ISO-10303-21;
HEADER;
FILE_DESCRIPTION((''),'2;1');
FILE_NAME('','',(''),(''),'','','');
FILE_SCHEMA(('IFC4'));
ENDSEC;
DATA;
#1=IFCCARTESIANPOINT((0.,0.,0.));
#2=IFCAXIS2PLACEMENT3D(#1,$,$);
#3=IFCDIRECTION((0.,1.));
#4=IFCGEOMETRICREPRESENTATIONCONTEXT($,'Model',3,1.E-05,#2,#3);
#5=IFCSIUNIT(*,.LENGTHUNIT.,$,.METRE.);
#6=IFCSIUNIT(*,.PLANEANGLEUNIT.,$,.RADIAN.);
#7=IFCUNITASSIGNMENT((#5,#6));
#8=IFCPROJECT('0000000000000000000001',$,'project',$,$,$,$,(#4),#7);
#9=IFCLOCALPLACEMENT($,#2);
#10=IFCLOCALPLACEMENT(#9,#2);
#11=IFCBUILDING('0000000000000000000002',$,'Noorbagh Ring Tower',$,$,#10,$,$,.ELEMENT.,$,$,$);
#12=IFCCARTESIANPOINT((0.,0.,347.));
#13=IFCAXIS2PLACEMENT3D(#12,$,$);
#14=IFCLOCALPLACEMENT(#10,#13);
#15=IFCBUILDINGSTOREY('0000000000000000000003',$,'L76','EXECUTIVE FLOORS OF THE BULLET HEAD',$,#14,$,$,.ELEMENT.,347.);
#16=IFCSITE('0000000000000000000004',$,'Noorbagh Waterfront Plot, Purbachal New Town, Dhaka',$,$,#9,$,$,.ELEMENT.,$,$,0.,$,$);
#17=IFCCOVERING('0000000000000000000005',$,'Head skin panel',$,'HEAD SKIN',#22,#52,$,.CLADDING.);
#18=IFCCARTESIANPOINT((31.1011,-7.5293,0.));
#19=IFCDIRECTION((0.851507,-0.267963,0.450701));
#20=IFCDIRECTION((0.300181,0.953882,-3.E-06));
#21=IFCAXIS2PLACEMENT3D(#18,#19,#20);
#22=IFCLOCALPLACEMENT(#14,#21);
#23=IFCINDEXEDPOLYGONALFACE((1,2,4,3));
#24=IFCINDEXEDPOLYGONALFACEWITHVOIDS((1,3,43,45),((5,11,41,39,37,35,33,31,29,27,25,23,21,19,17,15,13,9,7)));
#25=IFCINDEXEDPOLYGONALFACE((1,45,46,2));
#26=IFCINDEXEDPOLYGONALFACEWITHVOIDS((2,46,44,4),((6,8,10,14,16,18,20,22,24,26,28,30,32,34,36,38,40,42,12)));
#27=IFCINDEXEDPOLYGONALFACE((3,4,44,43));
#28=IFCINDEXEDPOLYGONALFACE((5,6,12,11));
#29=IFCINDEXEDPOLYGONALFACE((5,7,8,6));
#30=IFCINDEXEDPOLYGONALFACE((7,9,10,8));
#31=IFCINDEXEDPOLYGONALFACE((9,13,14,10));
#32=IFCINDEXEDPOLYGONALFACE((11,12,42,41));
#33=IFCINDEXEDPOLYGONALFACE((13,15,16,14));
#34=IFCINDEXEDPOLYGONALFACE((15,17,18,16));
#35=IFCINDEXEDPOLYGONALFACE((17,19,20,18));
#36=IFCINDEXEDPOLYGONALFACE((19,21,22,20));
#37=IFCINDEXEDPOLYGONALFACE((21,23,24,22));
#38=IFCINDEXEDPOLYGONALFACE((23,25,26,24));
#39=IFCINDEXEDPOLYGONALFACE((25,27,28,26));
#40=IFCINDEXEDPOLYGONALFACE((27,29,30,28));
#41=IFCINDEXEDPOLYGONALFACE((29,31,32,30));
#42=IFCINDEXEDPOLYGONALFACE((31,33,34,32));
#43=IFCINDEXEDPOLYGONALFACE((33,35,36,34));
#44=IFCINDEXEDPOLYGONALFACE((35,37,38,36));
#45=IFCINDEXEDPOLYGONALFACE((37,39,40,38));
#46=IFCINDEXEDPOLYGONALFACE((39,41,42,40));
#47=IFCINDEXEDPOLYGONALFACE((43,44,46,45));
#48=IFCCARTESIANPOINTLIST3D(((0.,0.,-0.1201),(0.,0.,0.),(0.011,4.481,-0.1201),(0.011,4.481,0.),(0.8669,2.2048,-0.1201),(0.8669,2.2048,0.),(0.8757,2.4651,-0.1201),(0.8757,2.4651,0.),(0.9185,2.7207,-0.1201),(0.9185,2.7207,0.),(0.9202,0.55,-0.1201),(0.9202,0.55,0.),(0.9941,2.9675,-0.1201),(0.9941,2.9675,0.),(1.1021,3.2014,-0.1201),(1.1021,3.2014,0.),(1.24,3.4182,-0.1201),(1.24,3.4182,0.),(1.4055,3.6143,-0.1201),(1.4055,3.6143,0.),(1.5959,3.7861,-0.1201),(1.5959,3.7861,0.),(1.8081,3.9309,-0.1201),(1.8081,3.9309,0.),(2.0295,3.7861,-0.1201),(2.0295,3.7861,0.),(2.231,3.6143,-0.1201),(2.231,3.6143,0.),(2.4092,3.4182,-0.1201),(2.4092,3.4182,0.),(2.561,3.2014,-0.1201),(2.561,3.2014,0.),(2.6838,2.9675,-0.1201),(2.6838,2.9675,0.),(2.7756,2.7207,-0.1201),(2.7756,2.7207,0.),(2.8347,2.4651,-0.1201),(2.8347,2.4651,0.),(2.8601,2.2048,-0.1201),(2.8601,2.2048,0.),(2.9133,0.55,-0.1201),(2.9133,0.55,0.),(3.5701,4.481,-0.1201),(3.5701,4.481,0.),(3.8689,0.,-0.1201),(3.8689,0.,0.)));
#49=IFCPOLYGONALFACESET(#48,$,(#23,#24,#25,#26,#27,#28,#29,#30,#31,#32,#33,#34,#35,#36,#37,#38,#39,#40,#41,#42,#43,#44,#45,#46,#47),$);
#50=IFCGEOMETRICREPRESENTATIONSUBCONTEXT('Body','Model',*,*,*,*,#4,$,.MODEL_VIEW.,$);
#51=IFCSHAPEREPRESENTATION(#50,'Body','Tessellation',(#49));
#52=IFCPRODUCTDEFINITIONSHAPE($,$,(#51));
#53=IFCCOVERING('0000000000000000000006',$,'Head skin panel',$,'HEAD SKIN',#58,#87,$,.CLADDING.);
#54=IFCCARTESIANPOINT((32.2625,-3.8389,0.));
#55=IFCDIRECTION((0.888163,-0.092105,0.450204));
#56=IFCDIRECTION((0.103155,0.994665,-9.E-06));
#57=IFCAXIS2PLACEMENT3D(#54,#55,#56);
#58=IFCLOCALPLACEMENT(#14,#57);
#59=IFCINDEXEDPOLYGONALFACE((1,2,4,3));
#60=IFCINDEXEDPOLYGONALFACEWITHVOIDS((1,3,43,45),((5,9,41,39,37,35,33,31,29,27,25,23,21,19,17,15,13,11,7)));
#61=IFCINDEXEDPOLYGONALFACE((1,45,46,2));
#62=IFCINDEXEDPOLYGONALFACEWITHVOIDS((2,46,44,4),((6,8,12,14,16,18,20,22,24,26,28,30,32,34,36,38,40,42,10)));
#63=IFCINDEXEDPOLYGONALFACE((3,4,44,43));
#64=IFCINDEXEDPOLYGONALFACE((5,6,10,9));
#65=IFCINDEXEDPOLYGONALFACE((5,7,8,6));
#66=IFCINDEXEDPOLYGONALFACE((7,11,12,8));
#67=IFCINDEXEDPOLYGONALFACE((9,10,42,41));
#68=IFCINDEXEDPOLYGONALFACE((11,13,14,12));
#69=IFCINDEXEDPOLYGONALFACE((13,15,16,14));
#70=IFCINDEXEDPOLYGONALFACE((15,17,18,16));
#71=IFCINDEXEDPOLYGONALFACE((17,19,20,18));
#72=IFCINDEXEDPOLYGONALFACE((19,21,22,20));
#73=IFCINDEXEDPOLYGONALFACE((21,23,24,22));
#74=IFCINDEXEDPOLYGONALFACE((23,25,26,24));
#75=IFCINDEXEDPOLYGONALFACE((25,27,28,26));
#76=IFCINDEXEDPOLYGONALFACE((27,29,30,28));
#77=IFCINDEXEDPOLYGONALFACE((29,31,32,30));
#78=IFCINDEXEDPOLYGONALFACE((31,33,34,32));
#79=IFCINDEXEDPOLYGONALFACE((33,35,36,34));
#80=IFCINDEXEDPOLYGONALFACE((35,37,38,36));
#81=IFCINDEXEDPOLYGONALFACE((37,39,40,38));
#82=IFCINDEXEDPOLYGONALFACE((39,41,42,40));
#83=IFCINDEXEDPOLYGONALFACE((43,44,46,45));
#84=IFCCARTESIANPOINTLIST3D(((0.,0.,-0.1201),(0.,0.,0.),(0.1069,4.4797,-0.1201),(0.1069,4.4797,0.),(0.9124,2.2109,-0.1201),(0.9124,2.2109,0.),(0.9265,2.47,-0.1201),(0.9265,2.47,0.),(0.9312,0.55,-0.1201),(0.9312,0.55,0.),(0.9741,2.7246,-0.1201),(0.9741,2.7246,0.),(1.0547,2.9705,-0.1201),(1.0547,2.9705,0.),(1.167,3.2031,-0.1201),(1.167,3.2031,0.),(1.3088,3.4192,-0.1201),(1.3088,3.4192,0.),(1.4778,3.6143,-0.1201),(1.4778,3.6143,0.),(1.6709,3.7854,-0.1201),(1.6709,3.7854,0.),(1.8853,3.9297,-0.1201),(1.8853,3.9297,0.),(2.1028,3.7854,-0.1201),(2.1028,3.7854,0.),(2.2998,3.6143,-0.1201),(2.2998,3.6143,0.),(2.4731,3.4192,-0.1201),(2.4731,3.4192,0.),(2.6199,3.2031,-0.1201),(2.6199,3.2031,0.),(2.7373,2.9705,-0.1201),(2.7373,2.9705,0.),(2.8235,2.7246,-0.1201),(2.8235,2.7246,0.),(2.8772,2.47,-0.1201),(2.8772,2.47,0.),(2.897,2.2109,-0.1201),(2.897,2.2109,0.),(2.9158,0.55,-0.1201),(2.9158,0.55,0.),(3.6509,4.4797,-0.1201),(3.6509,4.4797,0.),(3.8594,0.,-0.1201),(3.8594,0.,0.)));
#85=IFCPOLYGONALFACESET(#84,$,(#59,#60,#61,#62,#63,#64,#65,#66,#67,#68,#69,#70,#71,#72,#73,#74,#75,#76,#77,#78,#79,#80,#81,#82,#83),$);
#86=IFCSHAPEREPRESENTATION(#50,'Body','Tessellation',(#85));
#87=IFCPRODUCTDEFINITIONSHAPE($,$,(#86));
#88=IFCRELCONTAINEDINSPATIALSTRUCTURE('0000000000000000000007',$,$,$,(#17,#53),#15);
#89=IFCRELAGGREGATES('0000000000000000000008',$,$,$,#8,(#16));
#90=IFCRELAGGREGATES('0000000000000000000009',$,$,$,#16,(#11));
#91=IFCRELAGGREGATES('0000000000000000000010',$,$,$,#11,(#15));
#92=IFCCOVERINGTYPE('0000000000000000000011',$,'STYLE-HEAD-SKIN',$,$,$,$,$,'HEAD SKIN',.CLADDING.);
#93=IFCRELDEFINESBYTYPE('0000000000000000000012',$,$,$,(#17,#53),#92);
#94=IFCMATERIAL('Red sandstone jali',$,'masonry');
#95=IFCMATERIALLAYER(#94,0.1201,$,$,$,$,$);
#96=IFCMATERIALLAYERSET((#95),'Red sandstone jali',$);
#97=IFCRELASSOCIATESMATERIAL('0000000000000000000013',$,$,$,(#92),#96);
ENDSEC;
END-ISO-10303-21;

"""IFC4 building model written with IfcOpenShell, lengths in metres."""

from ifc_helpers import new_model, si_unit, direction, frame, origin, place, context, subcontext, project, spatial, polyline, outline, extrude, material, layer, layer_set, type_object, element, save


model = new_model("IFC4")

# Units and contexts
model_context = context("Model", 3, precision=1e-05, world=origin(), true_north=direction((0.0, 1.0)))
body_context = subcontext(model_context, "Body", "Model", "MODEL_VIEW")
ifc_project = project(units=[si_unit("LENGTHUNIT", "METRE"), si_unit("PLANEANGLEUNIT", "RADIAN")], contexts=[model_context])

# Site, building, storey
site_placement = place(None, origin())
site = spatial("IfcSite", under=ifc_project, at=site_placement, Name="Noorbagh Waterfront Plot, Purbachal New Town, Dhaka", CompositionType="ELEMENT", RefElevation=0.0)
building_placement = place(site_placement, origin())
building = spatial("IfcBuilding", under=site, at=building_placement, Name="Noorbagh Ring Tower", CompositionType="ELEMENT")
storey_placement = place(building_placement, frame((0.0, 0.0, 347.0)))
storey = spatial("IfcBuildingStorey", under=building, at=storey_placement, Name="L76", Description="EXECUTIVE FLOORS OF THE BULLET HEAD", CompositionType="ELEMENT", Elevation=347.0)

# Coverings
ifc_material_1 = material(Name="Red sandstone jali", Category="masonry")
ifc_layer_1 = layer(ifc_material_1, 0.1201)
ifc_layer_set_1 = layer_set([ifc_layer_1], Name="Red sandstone jali")
covering_type_1 = type_object("IfcCoveringType", Name="STYLE-HEAD-SKIN", ElementType="HEAD SKIN", PredefinedType="CLADDING", material=ifc_layer_set_1)
covering_1_placement = place(storey_placement, frame((31.1011, -7.5293, 0.0), z_axis=(0.851507, -0.267963, 0.450701), x_axis=(0.300181, 0.953882, -0.000003)))
element("IfcCovering", 1, at=covering_1_placement, inside=storey, type_object=covering_type_1, Name="Head skin panel", ObjectType="HEAD SKIN", PredefinedType="CLADDING", context=body_context, shape_type="SweptSolid", body=[
    extrude(outline(polyline([(0.0, 0.0), (3.8689, 0.0), (3.5701, 4.481), (0.011, 4.481), (0.0, 0.0)]), holes=[polyline([(0.9202, 0.55), (0.8669, 2.2048), (0.8757, 2.4651), (0.9185, 2.7207), (0.9941, 2.9675), (1.1021, 3.2014), (1.24, 3.4182), (1.4055, 3.6143), (1.5959, 3.7861), (1.8081, 3.9309), (2.0295, 3.7861), (2.231, 3.6143), (2.4092, 3.4182), (2.561, 3.2014), (2.6838, 2.9675), (2.7756, 2.7207), (2.8347, 2.4651), (2.8601, 2.2048), (2.9133, 0.55), (0.9202, 0.55)])]), origin(), (0.0, 0.0, -1.0), 0.1201),
])
covering_2_placement = place(storey_placement, frame((32.2625, -3.8389, 0.0), z_axis=(0.888163, -0.092105, 0.450204), x_axis=(0.103155, 0.994665, -0.000009)))
element("IfcCovering", 2, at=covering_2_placement, inside=storey, type_object=covering_type_1, Name="Head skin panel", ObjectType="HEAD SKIN", PredefinedType="CLADDING", context=body_context, shape_type="SweptSolid", body=[
    extrude(outline(polyline([(0.0, 0.0), (3.8594, 0.0), (3.6509, 4.4797), (0.1069, 4.4797), (0.0, 0.0)]), holes=[polyline([(0.9312, 0.55), (0.9124, 2.2109), (0.9265, 2.47), (0.9741, 2.7246), (1.0547, 2.9705), (1.167, 3.2031), (1.3088, 3.4192), (1.4778, 3.6143), (1.6709, 3.7854), (1.8853, 3.9297), (2.1028, 3.7854), (2.2998, 3.6143), (2.4731, 3.4192), (2.6199, 3.2031), (2.7373, 2.9705), (2.8235, 2.7246), (2.8772, 2.47), (2.897, 2.2109), (2.9158, 0.55), (0.9312, 0.55)])]), origin(), (0.0, 0.0, -1.0), 0.1201),
])

save(model, "model.ifc")
